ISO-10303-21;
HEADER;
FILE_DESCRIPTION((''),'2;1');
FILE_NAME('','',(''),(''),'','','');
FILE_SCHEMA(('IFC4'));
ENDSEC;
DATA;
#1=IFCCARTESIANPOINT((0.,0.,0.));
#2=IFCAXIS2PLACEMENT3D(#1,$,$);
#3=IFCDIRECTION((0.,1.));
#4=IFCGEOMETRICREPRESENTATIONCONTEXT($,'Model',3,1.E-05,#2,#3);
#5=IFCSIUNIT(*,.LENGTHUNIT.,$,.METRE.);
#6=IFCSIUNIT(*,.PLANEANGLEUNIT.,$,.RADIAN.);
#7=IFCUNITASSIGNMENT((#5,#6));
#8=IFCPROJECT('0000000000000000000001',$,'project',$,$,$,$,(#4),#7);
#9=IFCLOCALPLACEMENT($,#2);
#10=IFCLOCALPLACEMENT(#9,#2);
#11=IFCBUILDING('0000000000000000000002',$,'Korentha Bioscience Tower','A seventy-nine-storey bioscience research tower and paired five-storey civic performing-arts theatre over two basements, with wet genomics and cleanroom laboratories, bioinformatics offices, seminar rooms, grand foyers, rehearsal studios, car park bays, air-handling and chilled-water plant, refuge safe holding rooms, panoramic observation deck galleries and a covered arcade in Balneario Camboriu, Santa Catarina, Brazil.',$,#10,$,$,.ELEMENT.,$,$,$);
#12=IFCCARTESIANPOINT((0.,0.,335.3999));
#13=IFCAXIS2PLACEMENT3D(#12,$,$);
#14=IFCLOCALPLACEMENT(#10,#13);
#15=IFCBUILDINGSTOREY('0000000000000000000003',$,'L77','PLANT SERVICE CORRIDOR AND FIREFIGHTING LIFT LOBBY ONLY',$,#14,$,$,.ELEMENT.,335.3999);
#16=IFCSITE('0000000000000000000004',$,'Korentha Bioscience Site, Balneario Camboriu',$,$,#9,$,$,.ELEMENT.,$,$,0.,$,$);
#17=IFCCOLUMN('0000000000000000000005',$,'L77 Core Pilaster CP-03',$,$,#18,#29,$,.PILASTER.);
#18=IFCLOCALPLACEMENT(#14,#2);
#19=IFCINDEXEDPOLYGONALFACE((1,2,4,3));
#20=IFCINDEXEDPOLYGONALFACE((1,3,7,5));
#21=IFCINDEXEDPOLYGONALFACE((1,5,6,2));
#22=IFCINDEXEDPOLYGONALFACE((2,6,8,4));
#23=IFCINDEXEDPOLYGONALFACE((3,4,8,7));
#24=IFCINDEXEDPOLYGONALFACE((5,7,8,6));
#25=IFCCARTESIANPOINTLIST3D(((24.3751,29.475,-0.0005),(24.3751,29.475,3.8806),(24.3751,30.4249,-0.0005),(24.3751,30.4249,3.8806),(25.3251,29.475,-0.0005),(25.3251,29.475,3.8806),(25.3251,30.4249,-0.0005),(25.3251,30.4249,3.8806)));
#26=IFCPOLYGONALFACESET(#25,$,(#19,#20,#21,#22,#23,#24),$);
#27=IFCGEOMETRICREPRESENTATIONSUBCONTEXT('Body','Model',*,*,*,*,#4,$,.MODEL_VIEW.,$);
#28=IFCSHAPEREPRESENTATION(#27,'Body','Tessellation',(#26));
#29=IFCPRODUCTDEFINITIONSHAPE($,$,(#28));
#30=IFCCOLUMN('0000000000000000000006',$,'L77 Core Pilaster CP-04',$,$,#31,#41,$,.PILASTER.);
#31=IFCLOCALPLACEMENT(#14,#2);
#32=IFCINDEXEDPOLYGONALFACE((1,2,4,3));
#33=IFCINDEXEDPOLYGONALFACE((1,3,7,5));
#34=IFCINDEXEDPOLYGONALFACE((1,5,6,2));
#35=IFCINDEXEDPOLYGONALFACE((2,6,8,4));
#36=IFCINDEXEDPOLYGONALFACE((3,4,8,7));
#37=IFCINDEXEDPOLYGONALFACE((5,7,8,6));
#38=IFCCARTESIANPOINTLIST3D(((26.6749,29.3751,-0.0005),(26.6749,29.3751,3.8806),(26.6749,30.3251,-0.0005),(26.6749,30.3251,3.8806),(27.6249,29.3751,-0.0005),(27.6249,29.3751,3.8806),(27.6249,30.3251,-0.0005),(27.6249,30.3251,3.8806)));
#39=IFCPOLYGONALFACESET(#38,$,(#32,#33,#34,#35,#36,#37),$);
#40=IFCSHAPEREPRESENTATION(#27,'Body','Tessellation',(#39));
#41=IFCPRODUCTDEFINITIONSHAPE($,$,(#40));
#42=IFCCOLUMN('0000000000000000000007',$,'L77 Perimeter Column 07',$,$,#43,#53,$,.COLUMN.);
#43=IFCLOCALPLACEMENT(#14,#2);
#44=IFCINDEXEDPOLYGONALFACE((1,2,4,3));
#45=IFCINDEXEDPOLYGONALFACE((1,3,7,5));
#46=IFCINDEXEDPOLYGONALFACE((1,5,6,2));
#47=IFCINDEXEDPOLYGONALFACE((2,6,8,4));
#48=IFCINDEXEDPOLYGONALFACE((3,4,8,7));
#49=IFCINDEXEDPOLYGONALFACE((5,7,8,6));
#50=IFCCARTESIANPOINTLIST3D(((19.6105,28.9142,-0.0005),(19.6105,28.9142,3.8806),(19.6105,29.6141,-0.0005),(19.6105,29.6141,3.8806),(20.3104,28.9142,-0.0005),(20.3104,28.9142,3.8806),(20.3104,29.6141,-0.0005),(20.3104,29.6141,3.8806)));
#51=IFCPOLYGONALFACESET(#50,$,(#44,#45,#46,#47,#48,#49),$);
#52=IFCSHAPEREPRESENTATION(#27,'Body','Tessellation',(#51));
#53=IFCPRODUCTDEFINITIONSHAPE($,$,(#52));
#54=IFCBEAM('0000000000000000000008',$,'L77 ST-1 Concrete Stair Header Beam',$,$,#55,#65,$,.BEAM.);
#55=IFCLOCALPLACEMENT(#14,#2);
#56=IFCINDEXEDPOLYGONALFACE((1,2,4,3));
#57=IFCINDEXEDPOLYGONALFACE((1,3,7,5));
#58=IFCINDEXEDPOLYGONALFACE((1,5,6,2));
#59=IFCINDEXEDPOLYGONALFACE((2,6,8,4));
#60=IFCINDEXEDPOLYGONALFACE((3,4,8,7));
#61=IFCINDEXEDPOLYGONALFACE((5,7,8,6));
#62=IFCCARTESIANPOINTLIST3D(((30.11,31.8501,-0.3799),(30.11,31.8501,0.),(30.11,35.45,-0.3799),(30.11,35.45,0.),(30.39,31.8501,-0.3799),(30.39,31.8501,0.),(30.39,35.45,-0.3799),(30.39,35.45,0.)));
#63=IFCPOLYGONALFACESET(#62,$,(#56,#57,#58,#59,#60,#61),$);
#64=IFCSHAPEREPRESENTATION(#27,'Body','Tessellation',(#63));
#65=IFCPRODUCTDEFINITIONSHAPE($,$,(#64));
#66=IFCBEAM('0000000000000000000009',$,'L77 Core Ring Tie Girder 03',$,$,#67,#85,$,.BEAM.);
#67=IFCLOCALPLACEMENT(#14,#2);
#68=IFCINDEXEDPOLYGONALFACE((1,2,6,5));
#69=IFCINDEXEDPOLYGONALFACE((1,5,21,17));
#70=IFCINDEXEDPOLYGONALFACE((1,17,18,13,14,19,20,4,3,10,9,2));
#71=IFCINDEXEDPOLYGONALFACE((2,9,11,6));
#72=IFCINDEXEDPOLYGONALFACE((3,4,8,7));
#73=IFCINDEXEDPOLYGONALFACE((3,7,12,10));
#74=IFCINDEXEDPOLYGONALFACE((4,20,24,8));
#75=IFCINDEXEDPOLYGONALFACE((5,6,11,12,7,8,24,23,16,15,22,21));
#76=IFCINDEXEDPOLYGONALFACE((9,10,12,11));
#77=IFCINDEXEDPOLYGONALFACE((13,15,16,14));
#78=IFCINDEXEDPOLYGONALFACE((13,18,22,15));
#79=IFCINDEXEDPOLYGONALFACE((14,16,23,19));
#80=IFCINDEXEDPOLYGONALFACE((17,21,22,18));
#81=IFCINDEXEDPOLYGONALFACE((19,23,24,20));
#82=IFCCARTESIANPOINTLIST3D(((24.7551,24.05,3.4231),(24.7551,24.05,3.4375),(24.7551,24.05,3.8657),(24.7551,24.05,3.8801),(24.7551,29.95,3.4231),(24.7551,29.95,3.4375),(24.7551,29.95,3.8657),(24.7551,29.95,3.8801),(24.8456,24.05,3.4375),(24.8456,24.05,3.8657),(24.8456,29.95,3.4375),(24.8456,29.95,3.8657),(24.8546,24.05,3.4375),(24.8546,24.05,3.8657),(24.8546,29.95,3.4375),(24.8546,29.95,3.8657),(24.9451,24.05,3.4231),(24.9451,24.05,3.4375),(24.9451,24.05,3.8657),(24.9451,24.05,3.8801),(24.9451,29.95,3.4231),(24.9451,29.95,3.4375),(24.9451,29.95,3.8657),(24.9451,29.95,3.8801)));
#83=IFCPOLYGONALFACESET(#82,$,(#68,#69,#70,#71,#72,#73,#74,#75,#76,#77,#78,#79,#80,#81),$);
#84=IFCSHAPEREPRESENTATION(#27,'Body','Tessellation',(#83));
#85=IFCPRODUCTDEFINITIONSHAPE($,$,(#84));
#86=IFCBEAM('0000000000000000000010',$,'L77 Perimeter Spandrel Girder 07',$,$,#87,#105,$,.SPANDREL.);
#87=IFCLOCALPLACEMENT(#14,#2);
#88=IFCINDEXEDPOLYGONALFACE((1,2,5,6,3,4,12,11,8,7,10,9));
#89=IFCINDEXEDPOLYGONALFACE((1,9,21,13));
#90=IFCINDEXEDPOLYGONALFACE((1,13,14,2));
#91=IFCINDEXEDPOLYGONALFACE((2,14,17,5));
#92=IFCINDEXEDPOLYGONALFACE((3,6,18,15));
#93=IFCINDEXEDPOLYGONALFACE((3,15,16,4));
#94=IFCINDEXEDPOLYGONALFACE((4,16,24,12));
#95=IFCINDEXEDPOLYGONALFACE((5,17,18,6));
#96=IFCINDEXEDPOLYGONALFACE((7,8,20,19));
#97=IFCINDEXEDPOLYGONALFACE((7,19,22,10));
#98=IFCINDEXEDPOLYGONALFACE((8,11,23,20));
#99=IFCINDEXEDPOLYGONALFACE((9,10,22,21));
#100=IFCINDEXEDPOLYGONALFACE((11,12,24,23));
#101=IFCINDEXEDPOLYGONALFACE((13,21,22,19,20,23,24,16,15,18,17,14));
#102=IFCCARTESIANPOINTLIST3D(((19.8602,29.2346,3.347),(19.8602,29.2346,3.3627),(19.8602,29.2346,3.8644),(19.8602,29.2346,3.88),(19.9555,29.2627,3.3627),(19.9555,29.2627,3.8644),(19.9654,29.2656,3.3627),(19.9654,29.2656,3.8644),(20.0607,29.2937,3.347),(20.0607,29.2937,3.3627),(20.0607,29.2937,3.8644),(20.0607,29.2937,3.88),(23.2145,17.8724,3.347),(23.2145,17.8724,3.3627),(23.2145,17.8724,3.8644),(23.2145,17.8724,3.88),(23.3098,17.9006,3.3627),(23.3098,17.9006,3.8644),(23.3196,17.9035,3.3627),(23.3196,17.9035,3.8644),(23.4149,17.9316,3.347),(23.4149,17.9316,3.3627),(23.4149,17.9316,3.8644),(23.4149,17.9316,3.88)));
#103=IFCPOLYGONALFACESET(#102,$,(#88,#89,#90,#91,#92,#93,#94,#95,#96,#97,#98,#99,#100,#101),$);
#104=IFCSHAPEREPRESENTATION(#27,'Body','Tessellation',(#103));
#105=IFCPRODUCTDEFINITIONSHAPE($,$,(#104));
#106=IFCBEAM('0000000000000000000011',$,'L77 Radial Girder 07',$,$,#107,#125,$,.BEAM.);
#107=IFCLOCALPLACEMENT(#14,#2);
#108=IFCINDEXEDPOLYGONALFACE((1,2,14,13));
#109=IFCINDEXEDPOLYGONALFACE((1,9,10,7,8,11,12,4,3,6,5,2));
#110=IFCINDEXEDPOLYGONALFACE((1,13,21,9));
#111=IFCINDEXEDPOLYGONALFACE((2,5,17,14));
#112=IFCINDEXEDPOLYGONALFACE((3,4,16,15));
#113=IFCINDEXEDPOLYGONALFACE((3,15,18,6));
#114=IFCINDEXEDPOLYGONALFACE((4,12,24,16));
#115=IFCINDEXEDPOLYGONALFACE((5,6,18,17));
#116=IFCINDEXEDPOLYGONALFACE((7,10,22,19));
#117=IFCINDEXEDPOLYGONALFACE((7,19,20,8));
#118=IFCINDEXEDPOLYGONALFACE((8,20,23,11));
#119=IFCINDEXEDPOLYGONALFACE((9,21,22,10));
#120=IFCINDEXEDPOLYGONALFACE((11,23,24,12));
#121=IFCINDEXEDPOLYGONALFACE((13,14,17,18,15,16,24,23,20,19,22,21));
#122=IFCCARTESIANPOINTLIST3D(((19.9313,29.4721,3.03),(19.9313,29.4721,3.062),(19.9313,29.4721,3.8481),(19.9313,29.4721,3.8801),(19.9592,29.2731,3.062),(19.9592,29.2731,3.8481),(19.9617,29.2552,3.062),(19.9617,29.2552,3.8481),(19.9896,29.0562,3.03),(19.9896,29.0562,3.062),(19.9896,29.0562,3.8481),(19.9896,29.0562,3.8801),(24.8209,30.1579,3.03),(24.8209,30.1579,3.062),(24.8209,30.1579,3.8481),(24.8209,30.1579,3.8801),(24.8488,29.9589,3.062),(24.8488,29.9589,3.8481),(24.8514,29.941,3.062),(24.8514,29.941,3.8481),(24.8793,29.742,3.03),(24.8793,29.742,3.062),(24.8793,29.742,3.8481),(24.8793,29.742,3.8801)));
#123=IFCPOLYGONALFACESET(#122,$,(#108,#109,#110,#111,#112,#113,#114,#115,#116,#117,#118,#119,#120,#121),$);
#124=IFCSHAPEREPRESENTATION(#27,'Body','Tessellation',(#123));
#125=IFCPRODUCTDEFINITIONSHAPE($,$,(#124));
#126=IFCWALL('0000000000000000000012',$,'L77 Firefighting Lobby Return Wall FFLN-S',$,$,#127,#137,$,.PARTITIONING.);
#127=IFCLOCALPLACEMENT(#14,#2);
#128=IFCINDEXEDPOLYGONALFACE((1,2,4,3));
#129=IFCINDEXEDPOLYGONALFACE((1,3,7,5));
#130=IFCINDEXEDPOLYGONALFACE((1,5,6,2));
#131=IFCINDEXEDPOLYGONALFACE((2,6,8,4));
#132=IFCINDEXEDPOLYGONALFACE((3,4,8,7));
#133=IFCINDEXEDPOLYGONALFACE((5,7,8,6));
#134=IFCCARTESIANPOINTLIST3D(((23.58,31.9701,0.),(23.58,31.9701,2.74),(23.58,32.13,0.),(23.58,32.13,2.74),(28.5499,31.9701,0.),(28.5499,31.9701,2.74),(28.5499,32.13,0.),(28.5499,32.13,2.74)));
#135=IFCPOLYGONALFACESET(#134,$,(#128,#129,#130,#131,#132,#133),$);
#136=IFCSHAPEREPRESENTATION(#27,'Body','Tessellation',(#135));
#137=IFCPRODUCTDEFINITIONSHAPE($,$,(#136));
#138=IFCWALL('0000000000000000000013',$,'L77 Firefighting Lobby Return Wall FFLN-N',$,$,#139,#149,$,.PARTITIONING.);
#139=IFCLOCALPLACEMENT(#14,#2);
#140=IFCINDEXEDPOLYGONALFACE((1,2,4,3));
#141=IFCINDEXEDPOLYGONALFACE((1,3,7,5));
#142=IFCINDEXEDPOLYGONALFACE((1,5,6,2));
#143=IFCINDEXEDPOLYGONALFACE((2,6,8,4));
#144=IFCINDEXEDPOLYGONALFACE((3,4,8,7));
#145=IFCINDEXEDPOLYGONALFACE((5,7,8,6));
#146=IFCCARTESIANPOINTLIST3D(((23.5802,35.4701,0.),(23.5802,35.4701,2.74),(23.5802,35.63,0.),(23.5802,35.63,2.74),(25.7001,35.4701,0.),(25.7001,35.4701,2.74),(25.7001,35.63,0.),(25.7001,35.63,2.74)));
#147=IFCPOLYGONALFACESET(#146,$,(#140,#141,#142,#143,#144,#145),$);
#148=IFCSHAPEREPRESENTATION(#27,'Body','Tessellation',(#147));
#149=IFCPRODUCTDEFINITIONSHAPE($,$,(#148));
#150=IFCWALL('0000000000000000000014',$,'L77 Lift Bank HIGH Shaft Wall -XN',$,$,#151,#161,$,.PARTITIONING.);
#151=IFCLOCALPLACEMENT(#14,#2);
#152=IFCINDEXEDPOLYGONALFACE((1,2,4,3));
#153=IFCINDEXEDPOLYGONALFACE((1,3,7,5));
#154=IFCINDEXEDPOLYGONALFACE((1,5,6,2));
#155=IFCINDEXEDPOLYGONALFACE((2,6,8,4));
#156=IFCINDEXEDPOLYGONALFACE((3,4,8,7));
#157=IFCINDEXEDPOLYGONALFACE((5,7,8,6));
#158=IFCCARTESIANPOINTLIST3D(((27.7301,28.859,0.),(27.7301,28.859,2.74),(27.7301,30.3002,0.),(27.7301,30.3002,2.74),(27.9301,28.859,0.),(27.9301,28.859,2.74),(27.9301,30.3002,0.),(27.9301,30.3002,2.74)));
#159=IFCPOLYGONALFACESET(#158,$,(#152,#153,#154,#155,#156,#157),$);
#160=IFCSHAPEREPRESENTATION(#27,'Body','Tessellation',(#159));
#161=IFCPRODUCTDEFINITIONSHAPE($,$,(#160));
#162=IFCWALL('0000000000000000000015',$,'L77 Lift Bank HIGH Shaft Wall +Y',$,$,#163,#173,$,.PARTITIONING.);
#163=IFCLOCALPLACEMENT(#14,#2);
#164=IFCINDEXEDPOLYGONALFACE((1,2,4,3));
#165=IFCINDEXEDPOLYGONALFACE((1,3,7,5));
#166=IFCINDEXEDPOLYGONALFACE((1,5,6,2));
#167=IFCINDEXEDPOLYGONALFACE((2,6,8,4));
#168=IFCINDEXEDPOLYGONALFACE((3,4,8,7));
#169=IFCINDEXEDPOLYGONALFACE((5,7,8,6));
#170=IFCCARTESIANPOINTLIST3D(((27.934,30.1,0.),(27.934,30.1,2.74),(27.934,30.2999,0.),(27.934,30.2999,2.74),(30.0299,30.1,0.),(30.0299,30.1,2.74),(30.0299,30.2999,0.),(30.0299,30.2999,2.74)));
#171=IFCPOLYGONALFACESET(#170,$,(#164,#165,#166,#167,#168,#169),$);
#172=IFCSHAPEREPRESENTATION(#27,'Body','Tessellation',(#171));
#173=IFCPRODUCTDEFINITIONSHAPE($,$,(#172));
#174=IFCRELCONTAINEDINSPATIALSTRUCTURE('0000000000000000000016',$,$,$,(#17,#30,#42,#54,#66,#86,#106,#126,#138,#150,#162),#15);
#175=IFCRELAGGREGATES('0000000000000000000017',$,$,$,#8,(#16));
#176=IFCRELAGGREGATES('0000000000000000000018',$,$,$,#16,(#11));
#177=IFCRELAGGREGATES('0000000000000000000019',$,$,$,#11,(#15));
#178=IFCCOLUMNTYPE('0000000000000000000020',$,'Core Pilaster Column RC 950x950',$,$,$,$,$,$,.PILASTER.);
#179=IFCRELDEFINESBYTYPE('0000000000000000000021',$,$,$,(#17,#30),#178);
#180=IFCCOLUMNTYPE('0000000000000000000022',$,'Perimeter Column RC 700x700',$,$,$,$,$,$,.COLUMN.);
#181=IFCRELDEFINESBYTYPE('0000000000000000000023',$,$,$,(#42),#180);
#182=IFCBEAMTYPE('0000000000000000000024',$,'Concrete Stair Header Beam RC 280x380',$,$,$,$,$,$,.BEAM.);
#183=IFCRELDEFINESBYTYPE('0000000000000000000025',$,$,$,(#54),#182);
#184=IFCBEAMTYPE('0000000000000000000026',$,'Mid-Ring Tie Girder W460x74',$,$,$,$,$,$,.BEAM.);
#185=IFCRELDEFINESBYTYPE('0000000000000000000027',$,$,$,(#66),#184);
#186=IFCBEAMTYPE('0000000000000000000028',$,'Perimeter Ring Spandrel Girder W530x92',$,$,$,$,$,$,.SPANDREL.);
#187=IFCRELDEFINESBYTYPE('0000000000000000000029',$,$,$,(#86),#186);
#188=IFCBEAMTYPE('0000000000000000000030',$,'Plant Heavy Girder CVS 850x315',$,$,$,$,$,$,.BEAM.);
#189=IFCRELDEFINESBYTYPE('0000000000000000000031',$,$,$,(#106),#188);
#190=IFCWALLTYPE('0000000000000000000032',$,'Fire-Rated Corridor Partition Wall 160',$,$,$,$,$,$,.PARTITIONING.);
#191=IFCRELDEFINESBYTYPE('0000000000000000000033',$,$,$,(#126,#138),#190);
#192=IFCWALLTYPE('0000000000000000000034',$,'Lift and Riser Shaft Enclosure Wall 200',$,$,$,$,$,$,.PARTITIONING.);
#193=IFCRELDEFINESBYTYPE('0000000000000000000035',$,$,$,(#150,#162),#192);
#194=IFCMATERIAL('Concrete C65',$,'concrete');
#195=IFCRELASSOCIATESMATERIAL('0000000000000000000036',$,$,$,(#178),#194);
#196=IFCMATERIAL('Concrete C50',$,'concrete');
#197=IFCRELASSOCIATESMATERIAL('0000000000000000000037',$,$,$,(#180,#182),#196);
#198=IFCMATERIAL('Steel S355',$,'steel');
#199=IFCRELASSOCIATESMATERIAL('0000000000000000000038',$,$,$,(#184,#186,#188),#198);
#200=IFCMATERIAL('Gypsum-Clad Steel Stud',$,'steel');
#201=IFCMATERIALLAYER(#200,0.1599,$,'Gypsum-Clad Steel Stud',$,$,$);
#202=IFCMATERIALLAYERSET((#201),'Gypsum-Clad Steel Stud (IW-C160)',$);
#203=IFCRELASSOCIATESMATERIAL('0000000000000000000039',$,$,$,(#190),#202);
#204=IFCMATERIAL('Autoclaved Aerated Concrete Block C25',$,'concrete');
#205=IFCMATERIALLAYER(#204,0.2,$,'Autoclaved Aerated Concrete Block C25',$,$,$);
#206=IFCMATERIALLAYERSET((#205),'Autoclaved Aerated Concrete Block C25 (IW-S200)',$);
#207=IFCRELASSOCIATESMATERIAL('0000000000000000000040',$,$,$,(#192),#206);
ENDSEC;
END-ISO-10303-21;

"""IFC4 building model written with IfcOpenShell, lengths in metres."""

from ifc_helpers import new_model, si_unit, direction, frame, frame_2d, origin, origin_2d, place, context, subcontext, project, spatial, rectangle, i_section, extrude, material, layer, layer_set, material_profile, profile_set, type_object, element, save


model = new_model("IFC4")

# Units and contexts
model_context = context("Model", 3, precision=1e-05, world=origin(), true_north=direction((0.0, 1.0)))
body_context = subcontext(model_context, "Body", "Model", "MODEL_VIEW")
ifc_project = project(units=[si_unit("LENGTHUNIT", "METRE"), si_unit("PLANEANGLEUNIT", "RADIAN")], contexts=[model_context])

# Site, building, storey
site_placement = place(None, origin())
site = spatial("IfcSite", under=ifc_project, at=site_placement, Name="Korentha Bioscience Site, Balneario Camboriu", CompositionType="ELEMENT", RefElevation=0.0)
building_placement = place(site_placement, origin())
building = spatial("IfcBuilding", under=site, at=building_placement, Name="Korentha Bioscience Tower", Description="A seventy-nine-storey bioscience research tower and paired five-storey civic performing-arts theatre over two basements, with wet genomics and cleanroom laboratories, bioinformatics offices, seminar rooms, grand foyers, rehearsal studios, car park bays, air-handling and chilled-water plant, refuge safe holding rooms, panoramic observation deck galleries and a covered arcade in Balneario Camboriu, Santa Catarina, Brazil.", CompositionType="ELEMENT")
storey_placement = place(building_placement, frame((0.0, 0.0, 335.3999)))
storey = spatial("IfcBuildingStorey", under=building, at=storey_placement, Name="L77", Description="PLANT SERVICE CORRIDOR AND FIREFIGHTING LIFT LOBBY ONLY", CompositionType="ELEMENT", Elevation=335.3999)

# Columns
ifc_material_1 = material(Name="Concrete C65", Category="concrete")
ifc_material_profile_1 = material_profile(ifc_material_1, rectangle(XDim=0.95, YDim=0.95, at=origin_2d()), Name="Concrete C65")
ifc_profile_set_1 = profile_set([ifc_material_profile_1], Name="Concrete C65 (COL-CP09)")
column_type_1 = type_object("IfcColumnType", Name="Core Pilaster Column RC 950x950", PredefinedType="PILASTER", material=ifc_profile_set_1)
for number, where, z_axis, x_axis, name in (
    (1, (24.8501, 29.95, -0.0005), (0.0, 0.0, 1.0), (1.0, 0.0, 0.0), "L77 Core Pilaster CP-03"),
    (2, (27.1499, 29.8501, -0.0005), (0.0, 0.0, 1.0), (1.0, 0.0, 0.0), "L77 Core Pilaster CP-04"),
):
    element("IfcColumn", number, at=place(storey_placement, frame(where, z_axis=z_axis, x_axis=x_axis)), inside=storey, type_object=column_type_1, Name=name, PredefinedType="PILASTER", context=body_context, shape_type="SweptSolid", body=[
        extrude(rectangle(XDim=0.95, YDim=0.95, at=origin_2d()), origin(), (0.0, 0.0, 1.0), 3.8811),
    ])
ifc_material_2 = material(Name="Concrete C50", Category="concrete")
ifc_material_profile_2 = material_profile(ifc_material_2, rectangle(XDim=0.7, YDim=0.7, at=origin_2d()), Name="Concrete C50")
ifc_profile_set_2 = profile_set([ifc_material_profile_2], Name="Concrete C50 (COL-P07)")
column_type_2 = type_object("IfcColumnType", Name="Perimeter Column RC 700x700", PredefinedType="COLUMN", material=ifc_profile_set_2)
column_placement = place(storey_placement, frame((19.9604, 29.2642, -0.0005), z_axis=(0.0, 0.0, 1.0), x_axis=(0.0, 1.0, 0.0)))
element("IfcColumn", 3, at=column_placement, inside=storey, type_object=column_type_2, Name="L77 Perimeter Column 07", PredefinedType="COLUMN", context=body_context, shape_type="SweptSolid", body=[
    extrude(rectangle(XDim=0.7, YDim=0.7, at=origin_2d()), origin(), (0.0, 0.0, 1.0), 3.8811),
])

# Beams
ifc_material_profile_3 = material_profile(ifc_material_2, rectangle(XDim=0.28, YDim=0.3799, at=origin_2d()), Name="Concrete C50")
ifc_profile_set_3 = profile_set([ifc_material_profile_3], Name="Concrete C50 (ST-HB380)")
beam_type_1 = type_object("IfcBeamType", Name="Concrete Stair Header Beam RC 280x380", PredefinedType="BEAM", material=ifc_profile_set_3)
beam_1_placement = place(storey_placement, frame((30.25, 31.8501, -0.1899), z_axis=(0.0, 1.0, 0.0), x_axis=(-1.0, 0.0, 0.0)))
element("IfcBeam", 4, at=beam_1_placement, inside=storey, type_object=beam_type_1, Name="L77 ST-1 Concrete Stair Header Beam", PredefinedType="BEAM", context=body_context, shape_type="SweptSolid", body=[
    extrude(rectangle(XDim=0.28, YDim=0.3799, at=origin_2d()), origin(), (0.0, 0.0, 1.0), 3.5999),
])
ifc_material_3 = material(Name="Steel S355", Category="steel")
ifc_material_profile_4 = material_profile(ifc_material_3, i_section(OverallWidth=0.1899, OverallDepth=0.457, WebThickness=0.009, FlangeThickness=0.0144, at=origin_2d()), Name="Steel S355")
ifc_profile_set_4 = profile_set([ifc_material_profile_4], Name="Steel S355 (MB-460)")
beam_type_2 = type_object("IfcBeamType", Name="Mid-Ring Tie Girder W460x74", PredefinedType="BEAM", material=ifc_profile_set_4)
beam_2_placement = place(storey_placement, frame((24.8501, 29.95, 3.6516), z_axis=(0.0, -1.0, 0.0), x_axis=(1.0, 0.0, 0.0)))
element("IfcBeam", 5, at=beam_2_placement, inside=storey, type_object=beam_type_2, Name="L77 Core Ring Tie Girder 03", PredefinedType="BEAM", context=body_context, shape_type="SweptSolid", body=[
    extrude(i_section(OverallWidth=0.1899, OverallDepth=0.457, WebThickness=0.009, FlangeThickness=0.0144, at=origin_2d()), origin(), (0.0, 0.0, 1.0), 5.8999),
])
ifc_material_profile_5 = material_profile(ifc_material_3, i_section(OverallWidth=0.209, OverallDepth=0.533, WebThickness=0.0103, FlangeThickness=0.0156, at=origin_2d()), Name="Steel S355")
ifc_profile_set_5 = profile_set([ifc_material_profile_5], Name="Steel S355 (SB-530)")
beam_type_3 = type_object("IfcBeamType", Name="Perimeter Ring Spandrel Girder W530x92", PredefinedType="SPANDREL", material=ifc_profile_set_5)
beam_3_placement = place(storey_placement, frame((19.9604, 29.2642, 3.6135), z_axis=(0.283135, -0.95908, 0.0), x_axis=(0.95908, 0.283135, 0.0)))
element("IfcBeam", 6, at=beam_3_placement, inside=storey, type_object=beam_type_3, Name="L77 Perimeter Spandrel Girder 07", PredefinedType="SPANDREL", context=body_context, shape_type="SweptSolid", body=[
    extrude(i_section(OverallWidth=0.209, OverallDepth=0.533, WebThickness=0.0103, FlangeThickness=0.0156, at=origin_2d()), origin(), (0.0, 0.0, 1.0), 11.8469),
])
ifc_material_profile_6 = material_profile(ifc_material_3, i_section(OverallWidth=0.4199, OverallDepth=0.8501, WebThickness=0.0181, FlangeThickness=0.032, at=origin_2d()), Name="Steel S355")
ifc_profile_set_6 = profile_set([ifc_material_profile_6], Name="Steel S355 (MB-850)")
beam_type_4 = type_object("IfcBeamType", Name="Plant Heavy Girder CVS 850x315", PredefinedType="BEAM", material=ifc_profile_set_6)
beam_4_placement = place(storey_placement, frame((24.8501, 29.95, 3.4551), z_axis=(-0.990307, -0.138894, 0.0), x_axis=(0.138894, -0.990307, 0.0)))
element("IfcBeam", 7, at=beam_4_placement, inside=storey, type_object=beam_type_4, Name="L77 Radial Girder 07", PredefinedType="BEAM", context=body_context, shape_type="SweptSolid", body=[
    extrude(i_section(OverallWidth=0.4199, OverallDepth=0.8501, WebThickness=0.0181, FlangeThickness=0.032, at=origin_2d()), origin(), (0.0, 0.0, 1.0), 4.9375),
])

# Shared definitions
ifc_material_4 = material(Name="Gypsum-Clad Steel Stud", Category="steel")
ifc_layer_1 = layer(ifc_material_4, 0.1599, Name="Gypsum-Clad Steel Stud")
ifc_layer_set_1 = layer_set([ifc_layer_1], Name="Gypsum-Clad Steel Stud (IW-C160)")
wall_type_1 = type_object("IfcWallType", Name="Fire-Rated Corridor Partition Wall 160", PredefinedType="PARTITIONING", material=ifc_layer_set_1)

# Walls
wall_1_placement = place(storey_placement, frame((23.5801, 32.05, 0.0), z_axis=(0.0, 0.0, 1.0), x_axis=(1.0, 0.0, 0.0)))
element("IfcWall", 8, at=wall_1_placement, inside=storey, type_object=wall_type_1, Name="L77 Firefighting Lobby Return Wall FFLN-S", PredefinedType="PARTITIONING", context=body_context, shape_type="SweptSolid", body=[
    extrude(rectangle(XDim=4.97, YDim=0.1599, at=frame_2d((2.4849, 0.0))), origin(), (0.0, 0.0, 1.0), 2.74),
])
wall_2_placement = place(storey_placement, frame((23.5801, 35.55, 0.0), z_axis=(0.0, 0.0, 1.0), x_axis=(1.0, 0.0, 0.0)))
element("IfcWall", 9, at=wall_2_placement, inside=storey, type_object=wall_type_1, Name="L77 Firefighting Lobby Return Wall FFLN-N", PredefinedType="PARTITIONING", context=body_context, shape_type="SweptSolid", body=[
    extrude(rectangle(XDim=2.1199, YDim=0.1599, at=frame_2d((1.0601, 0.0))), origin(), (0.0, 0.0, 1.0), 2.74),
])
ifc_material_5 = material(Name="Autoclaved Aerated Concrete Block C25", Category="concrete")
ifc_layer_2 = layer(ifc_material_5, 0.2, Name="Autoclaved Aerated Concrete Block C25")
ifc_layer_set_2 = layer_set([ifc_layer_2], Name="Autoclaved Aerated Concrete Block C25 (IW-S200)")
wall_type_2 = type_object("IfcWallType", Name="Lift and Riser Shaft Enclosure Wall 200", PredefinedType="PARTITIONING", material=ifc_layer_set_2)
wall_3_placement = place(storey_placement, frame((27.8301, 28.8589, 0.0), z_axis=(0.0, 0.0, 1.0), x_axis=(0.0, 1.0, 0.0)))
element("IfcWall", 10, at=wall_3_placement, inside=storey, type_object=wall_type_2, Name="L77 Lift Bank HIGH Shaft Wall -XN", PredefinedType="PARTITIONING", context=body_context, shape_type="SweptSolid", body=[
    extrude(rectangle(XDim=1.4412, YDim=0.2, at=frame_2d((0.7207, 0.0))), origin(), (0.0, 0.0, 1.0), 2.74),
])
wall_4_placement = place(storey_placement, frame((27.9341, 30.2, 0.0), z_axis=(0.0, 0.0, 1.0), x_axis=(1.0, 0.0, 0.0)))
element("IfcWall", 11, at=wall_4_placement, inside=storey, type_object=wall_type_2, Name="L77 Lift Bank HIGH Shaft Wall +Y", PredefinedType="PARTITIONING", context=body_context, shape_type="SweptSolid", body=[
    extrude(rectangle(XDim=2.0959, YDim=0.2, at=frame_2d((1.0479, 0.0))), origin(), (0.0, 0.0, 1.0), 2.74),
])

save(model, "model.ifc")
